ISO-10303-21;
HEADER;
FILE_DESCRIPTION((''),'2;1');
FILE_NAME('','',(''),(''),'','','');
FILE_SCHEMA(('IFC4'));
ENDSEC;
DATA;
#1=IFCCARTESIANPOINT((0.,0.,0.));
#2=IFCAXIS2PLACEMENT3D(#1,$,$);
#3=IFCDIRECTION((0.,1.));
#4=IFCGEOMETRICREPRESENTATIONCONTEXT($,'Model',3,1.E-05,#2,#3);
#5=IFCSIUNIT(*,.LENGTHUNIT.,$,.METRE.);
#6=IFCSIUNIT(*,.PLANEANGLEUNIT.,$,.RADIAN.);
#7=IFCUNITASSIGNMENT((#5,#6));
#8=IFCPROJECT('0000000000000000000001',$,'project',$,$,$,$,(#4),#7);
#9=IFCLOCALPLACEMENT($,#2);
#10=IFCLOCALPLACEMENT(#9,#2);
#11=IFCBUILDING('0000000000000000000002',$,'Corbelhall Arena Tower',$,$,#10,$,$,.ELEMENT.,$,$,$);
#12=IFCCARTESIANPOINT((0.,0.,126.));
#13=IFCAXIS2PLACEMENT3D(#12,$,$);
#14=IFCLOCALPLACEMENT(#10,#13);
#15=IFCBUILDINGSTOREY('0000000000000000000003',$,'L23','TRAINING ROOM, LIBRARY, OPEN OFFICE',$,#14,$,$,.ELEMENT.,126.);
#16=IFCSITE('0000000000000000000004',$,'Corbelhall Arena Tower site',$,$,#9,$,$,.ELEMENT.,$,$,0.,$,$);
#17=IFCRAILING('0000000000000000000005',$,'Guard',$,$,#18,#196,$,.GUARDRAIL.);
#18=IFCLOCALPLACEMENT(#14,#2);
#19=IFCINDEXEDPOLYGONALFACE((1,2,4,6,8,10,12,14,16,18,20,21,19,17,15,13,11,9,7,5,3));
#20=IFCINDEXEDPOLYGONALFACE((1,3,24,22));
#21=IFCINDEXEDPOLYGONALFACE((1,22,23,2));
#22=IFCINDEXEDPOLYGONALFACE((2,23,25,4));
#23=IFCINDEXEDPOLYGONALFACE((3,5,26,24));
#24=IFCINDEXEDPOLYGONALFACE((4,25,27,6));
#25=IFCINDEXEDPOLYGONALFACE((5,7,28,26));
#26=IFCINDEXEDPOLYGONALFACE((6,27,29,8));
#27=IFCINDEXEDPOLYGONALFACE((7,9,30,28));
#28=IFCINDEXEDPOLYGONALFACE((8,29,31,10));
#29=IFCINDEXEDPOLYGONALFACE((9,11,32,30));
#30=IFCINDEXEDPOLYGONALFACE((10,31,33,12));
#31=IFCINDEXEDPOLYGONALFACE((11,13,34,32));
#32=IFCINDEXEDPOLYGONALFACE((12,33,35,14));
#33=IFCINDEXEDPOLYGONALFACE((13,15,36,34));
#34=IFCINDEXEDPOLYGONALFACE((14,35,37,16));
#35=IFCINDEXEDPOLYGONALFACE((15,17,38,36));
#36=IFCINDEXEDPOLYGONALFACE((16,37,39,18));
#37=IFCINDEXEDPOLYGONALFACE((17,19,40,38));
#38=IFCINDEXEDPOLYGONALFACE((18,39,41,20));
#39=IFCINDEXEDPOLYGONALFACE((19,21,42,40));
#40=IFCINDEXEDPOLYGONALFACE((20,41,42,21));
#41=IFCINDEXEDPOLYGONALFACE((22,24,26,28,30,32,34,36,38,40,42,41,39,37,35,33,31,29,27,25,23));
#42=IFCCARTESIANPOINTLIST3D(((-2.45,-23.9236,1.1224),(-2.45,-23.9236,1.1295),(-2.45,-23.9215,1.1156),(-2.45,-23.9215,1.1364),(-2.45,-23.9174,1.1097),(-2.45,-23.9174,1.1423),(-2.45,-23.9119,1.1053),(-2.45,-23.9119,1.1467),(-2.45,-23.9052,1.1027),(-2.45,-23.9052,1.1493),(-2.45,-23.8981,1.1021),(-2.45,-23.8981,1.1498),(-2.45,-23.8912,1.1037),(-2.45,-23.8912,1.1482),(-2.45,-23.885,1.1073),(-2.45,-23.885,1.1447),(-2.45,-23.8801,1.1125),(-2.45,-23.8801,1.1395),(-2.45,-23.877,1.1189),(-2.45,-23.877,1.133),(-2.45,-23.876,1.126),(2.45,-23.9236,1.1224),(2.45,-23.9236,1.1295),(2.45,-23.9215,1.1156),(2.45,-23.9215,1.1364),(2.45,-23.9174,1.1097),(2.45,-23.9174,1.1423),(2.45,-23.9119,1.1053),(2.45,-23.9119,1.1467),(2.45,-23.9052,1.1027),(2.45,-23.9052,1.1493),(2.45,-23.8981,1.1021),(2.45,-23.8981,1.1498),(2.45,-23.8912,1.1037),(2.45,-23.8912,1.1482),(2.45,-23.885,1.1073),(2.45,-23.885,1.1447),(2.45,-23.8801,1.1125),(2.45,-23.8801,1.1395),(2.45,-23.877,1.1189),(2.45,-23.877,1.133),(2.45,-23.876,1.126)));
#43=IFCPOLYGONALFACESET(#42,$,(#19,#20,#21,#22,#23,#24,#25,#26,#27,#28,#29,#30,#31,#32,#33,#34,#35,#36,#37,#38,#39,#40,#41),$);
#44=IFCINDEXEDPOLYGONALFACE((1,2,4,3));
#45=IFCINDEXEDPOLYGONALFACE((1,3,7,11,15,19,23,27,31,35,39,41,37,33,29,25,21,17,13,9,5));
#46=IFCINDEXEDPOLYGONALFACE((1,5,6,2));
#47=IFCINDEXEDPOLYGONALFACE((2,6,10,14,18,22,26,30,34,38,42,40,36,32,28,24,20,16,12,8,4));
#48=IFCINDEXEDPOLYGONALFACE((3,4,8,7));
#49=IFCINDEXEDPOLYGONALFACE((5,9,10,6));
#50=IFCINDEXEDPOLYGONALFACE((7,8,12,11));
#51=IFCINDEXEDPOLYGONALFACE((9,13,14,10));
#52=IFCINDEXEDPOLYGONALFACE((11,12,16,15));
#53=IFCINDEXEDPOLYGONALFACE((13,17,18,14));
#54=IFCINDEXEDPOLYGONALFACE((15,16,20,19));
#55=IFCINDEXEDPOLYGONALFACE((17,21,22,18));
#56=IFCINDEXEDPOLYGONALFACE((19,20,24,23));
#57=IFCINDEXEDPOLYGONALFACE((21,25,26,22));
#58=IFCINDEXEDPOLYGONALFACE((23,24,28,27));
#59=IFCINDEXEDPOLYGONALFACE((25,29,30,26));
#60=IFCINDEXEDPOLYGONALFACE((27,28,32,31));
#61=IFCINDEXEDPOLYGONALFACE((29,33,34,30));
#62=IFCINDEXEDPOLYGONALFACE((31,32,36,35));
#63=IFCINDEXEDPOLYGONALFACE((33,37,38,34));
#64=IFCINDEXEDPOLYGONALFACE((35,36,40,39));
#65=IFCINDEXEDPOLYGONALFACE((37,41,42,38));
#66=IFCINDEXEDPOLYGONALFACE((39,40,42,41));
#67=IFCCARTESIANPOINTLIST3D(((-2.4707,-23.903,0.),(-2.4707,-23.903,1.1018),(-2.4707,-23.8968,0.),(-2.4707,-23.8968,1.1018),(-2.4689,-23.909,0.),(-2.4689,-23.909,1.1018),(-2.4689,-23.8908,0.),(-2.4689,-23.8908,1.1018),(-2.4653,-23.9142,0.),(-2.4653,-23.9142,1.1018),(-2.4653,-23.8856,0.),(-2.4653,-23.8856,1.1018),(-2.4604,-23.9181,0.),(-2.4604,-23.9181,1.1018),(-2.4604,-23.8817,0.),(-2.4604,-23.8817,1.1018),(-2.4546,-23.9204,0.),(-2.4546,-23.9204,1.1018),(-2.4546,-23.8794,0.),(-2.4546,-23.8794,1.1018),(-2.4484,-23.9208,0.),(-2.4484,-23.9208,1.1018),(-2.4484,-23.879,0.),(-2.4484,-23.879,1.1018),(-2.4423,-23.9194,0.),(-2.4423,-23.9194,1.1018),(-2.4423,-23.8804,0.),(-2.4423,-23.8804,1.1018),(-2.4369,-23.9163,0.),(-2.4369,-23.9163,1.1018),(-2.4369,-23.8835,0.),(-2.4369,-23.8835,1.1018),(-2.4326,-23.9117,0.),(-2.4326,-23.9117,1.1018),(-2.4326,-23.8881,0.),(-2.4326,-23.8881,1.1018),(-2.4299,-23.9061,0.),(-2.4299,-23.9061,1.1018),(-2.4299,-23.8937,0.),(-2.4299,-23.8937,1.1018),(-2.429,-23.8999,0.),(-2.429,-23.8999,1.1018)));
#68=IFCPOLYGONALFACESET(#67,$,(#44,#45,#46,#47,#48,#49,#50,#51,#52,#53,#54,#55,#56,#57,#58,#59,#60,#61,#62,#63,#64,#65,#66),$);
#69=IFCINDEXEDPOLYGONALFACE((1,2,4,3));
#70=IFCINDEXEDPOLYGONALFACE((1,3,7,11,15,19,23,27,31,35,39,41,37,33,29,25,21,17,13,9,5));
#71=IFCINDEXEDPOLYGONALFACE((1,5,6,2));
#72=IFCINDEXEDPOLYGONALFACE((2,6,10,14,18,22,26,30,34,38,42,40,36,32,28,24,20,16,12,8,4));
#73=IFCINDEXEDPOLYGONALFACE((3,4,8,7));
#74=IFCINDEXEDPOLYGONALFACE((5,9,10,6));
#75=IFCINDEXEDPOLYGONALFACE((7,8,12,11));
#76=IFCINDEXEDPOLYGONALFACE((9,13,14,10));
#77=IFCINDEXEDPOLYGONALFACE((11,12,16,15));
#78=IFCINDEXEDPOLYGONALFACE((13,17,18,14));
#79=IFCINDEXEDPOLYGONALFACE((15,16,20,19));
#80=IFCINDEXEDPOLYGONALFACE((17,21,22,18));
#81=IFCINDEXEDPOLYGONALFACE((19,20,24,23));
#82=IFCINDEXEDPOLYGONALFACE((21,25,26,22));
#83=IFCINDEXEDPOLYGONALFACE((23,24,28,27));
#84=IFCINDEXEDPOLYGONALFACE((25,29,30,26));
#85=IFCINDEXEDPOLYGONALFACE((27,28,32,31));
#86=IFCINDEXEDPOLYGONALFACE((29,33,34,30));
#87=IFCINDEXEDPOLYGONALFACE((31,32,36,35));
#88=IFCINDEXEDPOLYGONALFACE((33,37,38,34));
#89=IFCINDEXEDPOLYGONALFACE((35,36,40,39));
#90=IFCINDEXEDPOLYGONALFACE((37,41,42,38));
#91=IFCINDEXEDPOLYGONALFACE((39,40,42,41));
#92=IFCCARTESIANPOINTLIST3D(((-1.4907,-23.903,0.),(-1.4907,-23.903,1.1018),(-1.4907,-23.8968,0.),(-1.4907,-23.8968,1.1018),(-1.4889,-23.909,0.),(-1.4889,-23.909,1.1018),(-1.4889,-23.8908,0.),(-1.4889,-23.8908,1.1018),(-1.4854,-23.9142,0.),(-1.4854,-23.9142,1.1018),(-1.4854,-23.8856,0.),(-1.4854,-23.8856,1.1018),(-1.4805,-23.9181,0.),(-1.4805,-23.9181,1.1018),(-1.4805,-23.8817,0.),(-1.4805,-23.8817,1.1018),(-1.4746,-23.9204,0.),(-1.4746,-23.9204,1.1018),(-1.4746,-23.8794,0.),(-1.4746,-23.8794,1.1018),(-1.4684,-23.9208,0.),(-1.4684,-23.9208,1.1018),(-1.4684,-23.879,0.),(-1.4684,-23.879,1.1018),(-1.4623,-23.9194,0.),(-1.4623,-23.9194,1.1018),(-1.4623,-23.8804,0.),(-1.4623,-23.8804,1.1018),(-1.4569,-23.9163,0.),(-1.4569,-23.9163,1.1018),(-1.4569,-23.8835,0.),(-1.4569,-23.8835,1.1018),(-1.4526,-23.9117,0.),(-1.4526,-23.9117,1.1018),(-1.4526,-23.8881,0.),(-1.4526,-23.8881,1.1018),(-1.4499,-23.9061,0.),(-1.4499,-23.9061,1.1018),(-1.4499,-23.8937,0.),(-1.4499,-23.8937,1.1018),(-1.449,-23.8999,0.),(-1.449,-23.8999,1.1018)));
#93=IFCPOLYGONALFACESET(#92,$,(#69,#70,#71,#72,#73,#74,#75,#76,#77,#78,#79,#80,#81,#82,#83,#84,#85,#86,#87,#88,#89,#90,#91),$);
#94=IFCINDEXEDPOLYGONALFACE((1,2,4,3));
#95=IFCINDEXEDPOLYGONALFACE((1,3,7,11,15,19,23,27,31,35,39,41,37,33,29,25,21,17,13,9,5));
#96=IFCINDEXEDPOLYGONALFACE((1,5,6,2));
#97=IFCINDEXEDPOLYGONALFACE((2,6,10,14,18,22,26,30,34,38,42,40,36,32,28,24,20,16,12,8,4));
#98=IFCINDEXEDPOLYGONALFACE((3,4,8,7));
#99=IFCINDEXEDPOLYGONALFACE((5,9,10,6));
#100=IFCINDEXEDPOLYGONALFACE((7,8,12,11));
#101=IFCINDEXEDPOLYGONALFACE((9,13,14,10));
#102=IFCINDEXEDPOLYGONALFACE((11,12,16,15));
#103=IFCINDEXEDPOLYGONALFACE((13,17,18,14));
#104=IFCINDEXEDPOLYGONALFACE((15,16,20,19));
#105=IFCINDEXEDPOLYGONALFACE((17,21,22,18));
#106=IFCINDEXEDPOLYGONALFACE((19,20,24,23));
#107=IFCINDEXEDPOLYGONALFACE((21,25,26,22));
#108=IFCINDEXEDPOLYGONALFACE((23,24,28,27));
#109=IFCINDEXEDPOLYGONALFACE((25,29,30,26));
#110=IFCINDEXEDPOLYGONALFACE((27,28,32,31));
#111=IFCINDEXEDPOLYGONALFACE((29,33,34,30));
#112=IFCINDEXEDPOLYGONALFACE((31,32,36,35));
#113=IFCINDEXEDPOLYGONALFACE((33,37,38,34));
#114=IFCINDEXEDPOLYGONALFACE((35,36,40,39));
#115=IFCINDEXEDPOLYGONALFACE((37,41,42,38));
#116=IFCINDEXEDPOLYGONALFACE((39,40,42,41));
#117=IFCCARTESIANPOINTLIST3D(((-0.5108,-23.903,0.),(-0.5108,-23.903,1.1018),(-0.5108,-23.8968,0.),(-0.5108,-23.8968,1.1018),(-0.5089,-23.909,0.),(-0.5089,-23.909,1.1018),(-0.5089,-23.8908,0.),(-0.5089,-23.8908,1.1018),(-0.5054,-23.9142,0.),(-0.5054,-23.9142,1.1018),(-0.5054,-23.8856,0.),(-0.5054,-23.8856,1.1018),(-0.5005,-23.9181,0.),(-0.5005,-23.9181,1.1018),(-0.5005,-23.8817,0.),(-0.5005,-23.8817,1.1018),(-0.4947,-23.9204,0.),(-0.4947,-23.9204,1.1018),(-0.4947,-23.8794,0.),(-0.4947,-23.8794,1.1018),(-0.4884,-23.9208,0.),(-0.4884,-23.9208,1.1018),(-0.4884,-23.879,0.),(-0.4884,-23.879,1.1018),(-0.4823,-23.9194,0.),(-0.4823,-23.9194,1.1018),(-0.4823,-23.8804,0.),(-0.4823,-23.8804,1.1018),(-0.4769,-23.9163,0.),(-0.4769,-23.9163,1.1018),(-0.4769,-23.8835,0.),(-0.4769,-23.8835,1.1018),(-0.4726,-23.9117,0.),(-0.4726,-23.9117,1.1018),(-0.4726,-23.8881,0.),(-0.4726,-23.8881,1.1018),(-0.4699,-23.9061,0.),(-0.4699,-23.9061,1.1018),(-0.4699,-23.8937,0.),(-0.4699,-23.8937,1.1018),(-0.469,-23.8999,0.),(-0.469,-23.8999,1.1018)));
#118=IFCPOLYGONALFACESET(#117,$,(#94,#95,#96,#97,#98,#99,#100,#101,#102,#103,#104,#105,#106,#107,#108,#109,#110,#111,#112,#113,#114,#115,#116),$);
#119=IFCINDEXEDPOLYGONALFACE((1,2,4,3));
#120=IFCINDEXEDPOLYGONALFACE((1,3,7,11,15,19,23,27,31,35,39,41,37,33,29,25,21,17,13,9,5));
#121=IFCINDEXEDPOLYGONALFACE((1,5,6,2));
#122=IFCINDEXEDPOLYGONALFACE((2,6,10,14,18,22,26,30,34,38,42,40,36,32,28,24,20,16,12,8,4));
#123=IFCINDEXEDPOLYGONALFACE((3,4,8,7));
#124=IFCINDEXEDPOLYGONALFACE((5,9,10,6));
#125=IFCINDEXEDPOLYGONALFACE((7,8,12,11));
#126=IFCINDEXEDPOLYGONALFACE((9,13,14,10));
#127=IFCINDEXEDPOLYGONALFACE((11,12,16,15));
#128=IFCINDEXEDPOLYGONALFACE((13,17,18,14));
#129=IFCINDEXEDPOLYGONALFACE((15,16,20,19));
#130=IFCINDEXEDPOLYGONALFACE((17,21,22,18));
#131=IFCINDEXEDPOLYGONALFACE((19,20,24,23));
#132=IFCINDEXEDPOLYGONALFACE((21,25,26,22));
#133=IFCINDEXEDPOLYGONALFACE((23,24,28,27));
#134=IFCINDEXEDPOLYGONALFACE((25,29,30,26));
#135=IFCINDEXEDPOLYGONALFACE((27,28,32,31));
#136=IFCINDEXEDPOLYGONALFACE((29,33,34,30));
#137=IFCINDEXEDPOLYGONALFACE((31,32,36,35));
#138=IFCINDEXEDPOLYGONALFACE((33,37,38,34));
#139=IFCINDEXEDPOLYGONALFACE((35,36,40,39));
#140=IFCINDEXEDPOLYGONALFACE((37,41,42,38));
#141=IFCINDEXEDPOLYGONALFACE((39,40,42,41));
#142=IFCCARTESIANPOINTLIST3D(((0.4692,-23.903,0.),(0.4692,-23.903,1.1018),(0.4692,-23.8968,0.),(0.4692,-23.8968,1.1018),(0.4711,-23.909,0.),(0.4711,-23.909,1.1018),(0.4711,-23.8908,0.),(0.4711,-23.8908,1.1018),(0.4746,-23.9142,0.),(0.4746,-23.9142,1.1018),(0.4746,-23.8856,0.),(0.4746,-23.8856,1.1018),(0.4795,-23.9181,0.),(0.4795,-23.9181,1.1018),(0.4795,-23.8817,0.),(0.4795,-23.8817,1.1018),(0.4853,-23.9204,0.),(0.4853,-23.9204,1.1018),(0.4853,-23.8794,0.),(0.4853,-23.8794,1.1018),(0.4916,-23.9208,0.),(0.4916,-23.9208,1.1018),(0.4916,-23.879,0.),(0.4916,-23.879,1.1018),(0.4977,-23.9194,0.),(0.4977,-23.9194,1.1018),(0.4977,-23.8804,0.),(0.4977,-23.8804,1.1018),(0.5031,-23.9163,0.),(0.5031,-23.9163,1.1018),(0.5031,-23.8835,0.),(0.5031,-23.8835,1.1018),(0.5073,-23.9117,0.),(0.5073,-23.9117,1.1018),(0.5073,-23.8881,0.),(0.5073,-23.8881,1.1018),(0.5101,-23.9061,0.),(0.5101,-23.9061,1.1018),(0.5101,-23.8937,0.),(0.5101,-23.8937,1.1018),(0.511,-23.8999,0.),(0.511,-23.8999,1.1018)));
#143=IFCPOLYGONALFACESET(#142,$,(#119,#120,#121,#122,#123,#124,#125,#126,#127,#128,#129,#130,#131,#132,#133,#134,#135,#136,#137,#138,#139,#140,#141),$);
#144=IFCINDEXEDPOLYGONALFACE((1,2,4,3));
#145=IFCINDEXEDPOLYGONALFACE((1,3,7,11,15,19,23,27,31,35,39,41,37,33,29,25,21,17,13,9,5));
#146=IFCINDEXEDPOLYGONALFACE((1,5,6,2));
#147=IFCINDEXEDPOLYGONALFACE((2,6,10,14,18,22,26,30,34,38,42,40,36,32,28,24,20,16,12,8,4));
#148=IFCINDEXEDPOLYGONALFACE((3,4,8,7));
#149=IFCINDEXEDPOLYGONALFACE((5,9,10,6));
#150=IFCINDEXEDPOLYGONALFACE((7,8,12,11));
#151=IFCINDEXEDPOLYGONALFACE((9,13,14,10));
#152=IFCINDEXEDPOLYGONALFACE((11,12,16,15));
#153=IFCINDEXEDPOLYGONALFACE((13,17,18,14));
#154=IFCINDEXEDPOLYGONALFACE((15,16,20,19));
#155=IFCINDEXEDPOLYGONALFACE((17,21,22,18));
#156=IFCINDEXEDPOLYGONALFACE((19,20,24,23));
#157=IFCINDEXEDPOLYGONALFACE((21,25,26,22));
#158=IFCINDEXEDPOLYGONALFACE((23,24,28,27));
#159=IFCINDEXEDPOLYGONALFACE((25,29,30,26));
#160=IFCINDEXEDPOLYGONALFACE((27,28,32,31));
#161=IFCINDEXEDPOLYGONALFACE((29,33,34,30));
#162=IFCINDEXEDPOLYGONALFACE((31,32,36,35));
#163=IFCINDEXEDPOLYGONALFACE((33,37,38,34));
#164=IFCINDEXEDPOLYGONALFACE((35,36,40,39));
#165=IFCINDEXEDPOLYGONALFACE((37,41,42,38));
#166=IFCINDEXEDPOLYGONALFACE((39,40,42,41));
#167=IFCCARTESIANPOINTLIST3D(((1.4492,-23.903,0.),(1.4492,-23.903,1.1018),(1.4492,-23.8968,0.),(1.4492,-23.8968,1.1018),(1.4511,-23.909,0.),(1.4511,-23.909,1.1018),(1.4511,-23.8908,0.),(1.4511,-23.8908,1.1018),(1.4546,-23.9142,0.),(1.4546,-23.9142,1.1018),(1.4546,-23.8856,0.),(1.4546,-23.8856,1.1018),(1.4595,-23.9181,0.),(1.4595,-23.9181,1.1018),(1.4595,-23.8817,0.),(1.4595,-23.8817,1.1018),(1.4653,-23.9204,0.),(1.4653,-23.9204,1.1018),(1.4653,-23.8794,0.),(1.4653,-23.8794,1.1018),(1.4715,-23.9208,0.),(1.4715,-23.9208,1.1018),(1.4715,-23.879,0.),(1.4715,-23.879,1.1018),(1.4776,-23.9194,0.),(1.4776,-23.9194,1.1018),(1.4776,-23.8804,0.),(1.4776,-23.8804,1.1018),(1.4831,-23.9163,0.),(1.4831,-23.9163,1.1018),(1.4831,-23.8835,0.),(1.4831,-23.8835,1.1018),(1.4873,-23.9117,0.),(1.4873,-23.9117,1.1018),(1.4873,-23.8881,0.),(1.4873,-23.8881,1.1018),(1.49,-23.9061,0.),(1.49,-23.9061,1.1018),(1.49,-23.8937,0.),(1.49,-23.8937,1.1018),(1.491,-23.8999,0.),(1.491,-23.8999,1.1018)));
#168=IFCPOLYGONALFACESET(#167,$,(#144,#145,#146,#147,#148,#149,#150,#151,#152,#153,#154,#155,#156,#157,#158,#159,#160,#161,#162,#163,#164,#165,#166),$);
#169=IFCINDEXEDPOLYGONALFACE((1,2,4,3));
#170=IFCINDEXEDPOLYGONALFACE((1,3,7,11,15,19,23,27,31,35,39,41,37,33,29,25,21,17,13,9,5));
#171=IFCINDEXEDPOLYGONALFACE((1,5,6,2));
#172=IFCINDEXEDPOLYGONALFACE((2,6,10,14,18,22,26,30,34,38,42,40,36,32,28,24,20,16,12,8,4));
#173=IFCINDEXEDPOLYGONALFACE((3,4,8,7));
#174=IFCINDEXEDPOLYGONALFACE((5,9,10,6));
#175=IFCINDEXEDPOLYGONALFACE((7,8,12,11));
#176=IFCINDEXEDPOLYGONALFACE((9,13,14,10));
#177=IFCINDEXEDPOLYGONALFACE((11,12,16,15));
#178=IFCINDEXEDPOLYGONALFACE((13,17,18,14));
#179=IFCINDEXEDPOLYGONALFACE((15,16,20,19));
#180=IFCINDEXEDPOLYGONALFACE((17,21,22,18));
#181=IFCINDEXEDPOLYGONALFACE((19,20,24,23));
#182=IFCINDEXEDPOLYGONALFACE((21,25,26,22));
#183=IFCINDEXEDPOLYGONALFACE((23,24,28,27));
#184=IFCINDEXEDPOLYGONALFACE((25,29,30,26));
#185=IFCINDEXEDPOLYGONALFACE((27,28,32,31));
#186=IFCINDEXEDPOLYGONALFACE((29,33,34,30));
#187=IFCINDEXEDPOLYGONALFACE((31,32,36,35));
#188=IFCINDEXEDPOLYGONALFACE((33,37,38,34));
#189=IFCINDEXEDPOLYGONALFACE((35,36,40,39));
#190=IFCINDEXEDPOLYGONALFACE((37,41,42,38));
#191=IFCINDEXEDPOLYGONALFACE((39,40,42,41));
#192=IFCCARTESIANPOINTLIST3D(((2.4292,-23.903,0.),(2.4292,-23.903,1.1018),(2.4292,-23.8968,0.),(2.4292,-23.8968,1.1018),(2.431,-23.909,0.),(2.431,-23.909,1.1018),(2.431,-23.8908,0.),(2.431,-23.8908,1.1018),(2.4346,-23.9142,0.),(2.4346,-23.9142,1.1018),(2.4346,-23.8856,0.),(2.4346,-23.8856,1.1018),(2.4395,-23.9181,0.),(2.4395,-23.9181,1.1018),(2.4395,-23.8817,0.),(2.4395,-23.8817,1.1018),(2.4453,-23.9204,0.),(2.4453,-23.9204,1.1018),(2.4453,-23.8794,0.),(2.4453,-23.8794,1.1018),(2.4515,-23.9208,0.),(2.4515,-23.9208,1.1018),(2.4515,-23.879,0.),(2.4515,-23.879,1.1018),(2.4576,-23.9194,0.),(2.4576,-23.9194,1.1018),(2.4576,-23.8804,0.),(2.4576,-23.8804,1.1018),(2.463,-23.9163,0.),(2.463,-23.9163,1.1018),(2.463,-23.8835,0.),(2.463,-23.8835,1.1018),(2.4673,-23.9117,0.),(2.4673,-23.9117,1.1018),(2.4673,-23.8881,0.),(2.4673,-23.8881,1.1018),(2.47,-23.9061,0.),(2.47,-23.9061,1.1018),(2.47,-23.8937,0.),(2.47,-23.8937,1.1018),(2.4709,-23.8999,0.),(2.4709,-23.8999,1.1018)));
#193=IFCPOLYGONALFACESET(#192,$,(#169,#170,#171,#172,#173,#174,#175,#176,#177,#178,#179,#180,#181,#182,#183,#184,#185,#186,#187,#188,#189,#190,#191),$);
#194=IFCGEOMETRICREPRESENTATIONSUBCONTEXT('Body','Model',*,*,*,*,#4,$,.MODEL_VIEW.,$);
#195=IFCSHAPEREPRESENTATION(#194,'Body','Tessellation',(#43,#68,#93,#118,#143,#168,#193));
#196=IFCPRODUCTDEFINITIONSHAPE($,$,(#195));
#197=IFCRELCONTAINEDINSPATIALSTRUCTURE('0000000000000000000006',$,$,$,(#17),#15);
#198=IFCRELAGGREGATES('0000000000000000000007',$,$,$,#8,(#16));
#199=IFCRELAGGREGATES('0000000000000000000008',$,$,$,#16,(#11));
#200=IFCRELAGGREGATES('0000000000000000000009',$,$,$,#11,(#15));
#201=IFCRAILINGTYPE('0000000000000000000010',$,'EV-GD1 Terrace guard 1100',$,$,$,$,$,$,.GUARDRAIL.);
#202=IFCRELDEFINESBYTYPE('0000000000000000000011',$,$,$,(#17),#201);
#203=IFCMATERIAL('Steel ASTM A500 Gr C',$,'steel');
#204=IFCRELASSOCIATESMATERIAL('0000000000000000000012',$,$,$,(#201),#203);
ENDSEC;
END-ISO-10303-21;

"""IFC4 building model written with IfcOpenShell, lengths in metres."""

from ifc_helpers import new_model, si_unit, direction, frame, origin, origin_2d, place, context, subcontext, project, spatial, circle, extrude, material, type_object, element, save


model = new_model("IFC4")

# Units and contexts
model_context = context("Model", 3, precision=1e-05, world=origin(), true_north=direction((0.0, 1.0)))
body_context = subcontext(model_context, "Body", "Model", "MODEL_VIEW")
ifc_project = project(units=[si_unit("LENGTHUNIT", "METRE"), si_unit("PLANEANGLEUNIT", "RADIAN")], contexts=[model_context])

# Site, building, storey
site_placement = place(None, origin())
site = spatial("IfcSite", under=ifc_project, at=site_placement, Name="Corbelhall Arena Tower site", CompositionType="ELEMENT", RefElevation=0.0)
building_placement = place(site_placement, origin())
building = spatial("IfcBuilding", under=site, at=building_placement, Name="Corbelhall Arena Tower", CompositionType="ELEMENT")
storey_placement = place(building_placement, frame((0.0, 0.0, 126.0)))
storey = spatial("IfcBuildingStorey", under=building, at=storey_placement, Name="L23", Description="TRAINING ROOM, LIBRARY, OPEN OFFICE", CompositionType="ELEMENT", Elevation=126.0)

# Railing
ifc_material_1 = material(Name="Steel ASTM A500 Gr C", Category="steel")
railing_type = type_object("IfcRailingType", Name="EV-GD1 Terrace guard 1100", PredefinedType="GUARDRAIL", material=ifc_material_1)
railing_placement = place(storey_placement, frame((-2.45, -23.8999, 0.0)))
element("IfcRailing", 1, at=railing_placement, inside=storey, type_object=railing_type, Name="Guard", PredefinedType="GUARDRAIL", context=body_context, shape_type="SweptSolid", body=[
    extrude(circle(Radius=0.0239, at=origin_2d()), frame((0.0, 0.0, 1.126), z_axis=(1.0, 0.0, 0.0), x_axis=(0.0, 1.0, 0.0)), (0.0, 0.0, 1.0), 4.8999),
    extrude(circle(Radius=0.021, at=origin_2d()), origin(), (0.0, 0.0, 1.0), 1.1018),
    extrude(circle(Radius=0.021, at=origin_2d()), frame((0.98, 0.0, 0.0)), (0.0, 0.0, 1.0), 1.1018),
    extrude(circle(Radius=0.021, at=origin_2d()), frame((1.96, 0.0, 0.0)), (0.0, 0.0, 1.0), 1.1018),
    extrude(circle(Radius=0.021, at=origin_2d()), frame((2.9399, 0.0, 0.0)), (0.0, 0.0, 1.0), 1.1018),
    extrude(circle(Radius=0.021, at=origin_2d()), frame((3.9199, 0.0, 0.0)), (0.0, 0.0, 1.0), 1.1018),
    extrude(circle(Radius=0.021, at=origin_2d()), frame((4.8999, 0.0, 0.0)), (0.0, 0.0, 1.0), 1.1018),
])

save(model, "model.ifc")
